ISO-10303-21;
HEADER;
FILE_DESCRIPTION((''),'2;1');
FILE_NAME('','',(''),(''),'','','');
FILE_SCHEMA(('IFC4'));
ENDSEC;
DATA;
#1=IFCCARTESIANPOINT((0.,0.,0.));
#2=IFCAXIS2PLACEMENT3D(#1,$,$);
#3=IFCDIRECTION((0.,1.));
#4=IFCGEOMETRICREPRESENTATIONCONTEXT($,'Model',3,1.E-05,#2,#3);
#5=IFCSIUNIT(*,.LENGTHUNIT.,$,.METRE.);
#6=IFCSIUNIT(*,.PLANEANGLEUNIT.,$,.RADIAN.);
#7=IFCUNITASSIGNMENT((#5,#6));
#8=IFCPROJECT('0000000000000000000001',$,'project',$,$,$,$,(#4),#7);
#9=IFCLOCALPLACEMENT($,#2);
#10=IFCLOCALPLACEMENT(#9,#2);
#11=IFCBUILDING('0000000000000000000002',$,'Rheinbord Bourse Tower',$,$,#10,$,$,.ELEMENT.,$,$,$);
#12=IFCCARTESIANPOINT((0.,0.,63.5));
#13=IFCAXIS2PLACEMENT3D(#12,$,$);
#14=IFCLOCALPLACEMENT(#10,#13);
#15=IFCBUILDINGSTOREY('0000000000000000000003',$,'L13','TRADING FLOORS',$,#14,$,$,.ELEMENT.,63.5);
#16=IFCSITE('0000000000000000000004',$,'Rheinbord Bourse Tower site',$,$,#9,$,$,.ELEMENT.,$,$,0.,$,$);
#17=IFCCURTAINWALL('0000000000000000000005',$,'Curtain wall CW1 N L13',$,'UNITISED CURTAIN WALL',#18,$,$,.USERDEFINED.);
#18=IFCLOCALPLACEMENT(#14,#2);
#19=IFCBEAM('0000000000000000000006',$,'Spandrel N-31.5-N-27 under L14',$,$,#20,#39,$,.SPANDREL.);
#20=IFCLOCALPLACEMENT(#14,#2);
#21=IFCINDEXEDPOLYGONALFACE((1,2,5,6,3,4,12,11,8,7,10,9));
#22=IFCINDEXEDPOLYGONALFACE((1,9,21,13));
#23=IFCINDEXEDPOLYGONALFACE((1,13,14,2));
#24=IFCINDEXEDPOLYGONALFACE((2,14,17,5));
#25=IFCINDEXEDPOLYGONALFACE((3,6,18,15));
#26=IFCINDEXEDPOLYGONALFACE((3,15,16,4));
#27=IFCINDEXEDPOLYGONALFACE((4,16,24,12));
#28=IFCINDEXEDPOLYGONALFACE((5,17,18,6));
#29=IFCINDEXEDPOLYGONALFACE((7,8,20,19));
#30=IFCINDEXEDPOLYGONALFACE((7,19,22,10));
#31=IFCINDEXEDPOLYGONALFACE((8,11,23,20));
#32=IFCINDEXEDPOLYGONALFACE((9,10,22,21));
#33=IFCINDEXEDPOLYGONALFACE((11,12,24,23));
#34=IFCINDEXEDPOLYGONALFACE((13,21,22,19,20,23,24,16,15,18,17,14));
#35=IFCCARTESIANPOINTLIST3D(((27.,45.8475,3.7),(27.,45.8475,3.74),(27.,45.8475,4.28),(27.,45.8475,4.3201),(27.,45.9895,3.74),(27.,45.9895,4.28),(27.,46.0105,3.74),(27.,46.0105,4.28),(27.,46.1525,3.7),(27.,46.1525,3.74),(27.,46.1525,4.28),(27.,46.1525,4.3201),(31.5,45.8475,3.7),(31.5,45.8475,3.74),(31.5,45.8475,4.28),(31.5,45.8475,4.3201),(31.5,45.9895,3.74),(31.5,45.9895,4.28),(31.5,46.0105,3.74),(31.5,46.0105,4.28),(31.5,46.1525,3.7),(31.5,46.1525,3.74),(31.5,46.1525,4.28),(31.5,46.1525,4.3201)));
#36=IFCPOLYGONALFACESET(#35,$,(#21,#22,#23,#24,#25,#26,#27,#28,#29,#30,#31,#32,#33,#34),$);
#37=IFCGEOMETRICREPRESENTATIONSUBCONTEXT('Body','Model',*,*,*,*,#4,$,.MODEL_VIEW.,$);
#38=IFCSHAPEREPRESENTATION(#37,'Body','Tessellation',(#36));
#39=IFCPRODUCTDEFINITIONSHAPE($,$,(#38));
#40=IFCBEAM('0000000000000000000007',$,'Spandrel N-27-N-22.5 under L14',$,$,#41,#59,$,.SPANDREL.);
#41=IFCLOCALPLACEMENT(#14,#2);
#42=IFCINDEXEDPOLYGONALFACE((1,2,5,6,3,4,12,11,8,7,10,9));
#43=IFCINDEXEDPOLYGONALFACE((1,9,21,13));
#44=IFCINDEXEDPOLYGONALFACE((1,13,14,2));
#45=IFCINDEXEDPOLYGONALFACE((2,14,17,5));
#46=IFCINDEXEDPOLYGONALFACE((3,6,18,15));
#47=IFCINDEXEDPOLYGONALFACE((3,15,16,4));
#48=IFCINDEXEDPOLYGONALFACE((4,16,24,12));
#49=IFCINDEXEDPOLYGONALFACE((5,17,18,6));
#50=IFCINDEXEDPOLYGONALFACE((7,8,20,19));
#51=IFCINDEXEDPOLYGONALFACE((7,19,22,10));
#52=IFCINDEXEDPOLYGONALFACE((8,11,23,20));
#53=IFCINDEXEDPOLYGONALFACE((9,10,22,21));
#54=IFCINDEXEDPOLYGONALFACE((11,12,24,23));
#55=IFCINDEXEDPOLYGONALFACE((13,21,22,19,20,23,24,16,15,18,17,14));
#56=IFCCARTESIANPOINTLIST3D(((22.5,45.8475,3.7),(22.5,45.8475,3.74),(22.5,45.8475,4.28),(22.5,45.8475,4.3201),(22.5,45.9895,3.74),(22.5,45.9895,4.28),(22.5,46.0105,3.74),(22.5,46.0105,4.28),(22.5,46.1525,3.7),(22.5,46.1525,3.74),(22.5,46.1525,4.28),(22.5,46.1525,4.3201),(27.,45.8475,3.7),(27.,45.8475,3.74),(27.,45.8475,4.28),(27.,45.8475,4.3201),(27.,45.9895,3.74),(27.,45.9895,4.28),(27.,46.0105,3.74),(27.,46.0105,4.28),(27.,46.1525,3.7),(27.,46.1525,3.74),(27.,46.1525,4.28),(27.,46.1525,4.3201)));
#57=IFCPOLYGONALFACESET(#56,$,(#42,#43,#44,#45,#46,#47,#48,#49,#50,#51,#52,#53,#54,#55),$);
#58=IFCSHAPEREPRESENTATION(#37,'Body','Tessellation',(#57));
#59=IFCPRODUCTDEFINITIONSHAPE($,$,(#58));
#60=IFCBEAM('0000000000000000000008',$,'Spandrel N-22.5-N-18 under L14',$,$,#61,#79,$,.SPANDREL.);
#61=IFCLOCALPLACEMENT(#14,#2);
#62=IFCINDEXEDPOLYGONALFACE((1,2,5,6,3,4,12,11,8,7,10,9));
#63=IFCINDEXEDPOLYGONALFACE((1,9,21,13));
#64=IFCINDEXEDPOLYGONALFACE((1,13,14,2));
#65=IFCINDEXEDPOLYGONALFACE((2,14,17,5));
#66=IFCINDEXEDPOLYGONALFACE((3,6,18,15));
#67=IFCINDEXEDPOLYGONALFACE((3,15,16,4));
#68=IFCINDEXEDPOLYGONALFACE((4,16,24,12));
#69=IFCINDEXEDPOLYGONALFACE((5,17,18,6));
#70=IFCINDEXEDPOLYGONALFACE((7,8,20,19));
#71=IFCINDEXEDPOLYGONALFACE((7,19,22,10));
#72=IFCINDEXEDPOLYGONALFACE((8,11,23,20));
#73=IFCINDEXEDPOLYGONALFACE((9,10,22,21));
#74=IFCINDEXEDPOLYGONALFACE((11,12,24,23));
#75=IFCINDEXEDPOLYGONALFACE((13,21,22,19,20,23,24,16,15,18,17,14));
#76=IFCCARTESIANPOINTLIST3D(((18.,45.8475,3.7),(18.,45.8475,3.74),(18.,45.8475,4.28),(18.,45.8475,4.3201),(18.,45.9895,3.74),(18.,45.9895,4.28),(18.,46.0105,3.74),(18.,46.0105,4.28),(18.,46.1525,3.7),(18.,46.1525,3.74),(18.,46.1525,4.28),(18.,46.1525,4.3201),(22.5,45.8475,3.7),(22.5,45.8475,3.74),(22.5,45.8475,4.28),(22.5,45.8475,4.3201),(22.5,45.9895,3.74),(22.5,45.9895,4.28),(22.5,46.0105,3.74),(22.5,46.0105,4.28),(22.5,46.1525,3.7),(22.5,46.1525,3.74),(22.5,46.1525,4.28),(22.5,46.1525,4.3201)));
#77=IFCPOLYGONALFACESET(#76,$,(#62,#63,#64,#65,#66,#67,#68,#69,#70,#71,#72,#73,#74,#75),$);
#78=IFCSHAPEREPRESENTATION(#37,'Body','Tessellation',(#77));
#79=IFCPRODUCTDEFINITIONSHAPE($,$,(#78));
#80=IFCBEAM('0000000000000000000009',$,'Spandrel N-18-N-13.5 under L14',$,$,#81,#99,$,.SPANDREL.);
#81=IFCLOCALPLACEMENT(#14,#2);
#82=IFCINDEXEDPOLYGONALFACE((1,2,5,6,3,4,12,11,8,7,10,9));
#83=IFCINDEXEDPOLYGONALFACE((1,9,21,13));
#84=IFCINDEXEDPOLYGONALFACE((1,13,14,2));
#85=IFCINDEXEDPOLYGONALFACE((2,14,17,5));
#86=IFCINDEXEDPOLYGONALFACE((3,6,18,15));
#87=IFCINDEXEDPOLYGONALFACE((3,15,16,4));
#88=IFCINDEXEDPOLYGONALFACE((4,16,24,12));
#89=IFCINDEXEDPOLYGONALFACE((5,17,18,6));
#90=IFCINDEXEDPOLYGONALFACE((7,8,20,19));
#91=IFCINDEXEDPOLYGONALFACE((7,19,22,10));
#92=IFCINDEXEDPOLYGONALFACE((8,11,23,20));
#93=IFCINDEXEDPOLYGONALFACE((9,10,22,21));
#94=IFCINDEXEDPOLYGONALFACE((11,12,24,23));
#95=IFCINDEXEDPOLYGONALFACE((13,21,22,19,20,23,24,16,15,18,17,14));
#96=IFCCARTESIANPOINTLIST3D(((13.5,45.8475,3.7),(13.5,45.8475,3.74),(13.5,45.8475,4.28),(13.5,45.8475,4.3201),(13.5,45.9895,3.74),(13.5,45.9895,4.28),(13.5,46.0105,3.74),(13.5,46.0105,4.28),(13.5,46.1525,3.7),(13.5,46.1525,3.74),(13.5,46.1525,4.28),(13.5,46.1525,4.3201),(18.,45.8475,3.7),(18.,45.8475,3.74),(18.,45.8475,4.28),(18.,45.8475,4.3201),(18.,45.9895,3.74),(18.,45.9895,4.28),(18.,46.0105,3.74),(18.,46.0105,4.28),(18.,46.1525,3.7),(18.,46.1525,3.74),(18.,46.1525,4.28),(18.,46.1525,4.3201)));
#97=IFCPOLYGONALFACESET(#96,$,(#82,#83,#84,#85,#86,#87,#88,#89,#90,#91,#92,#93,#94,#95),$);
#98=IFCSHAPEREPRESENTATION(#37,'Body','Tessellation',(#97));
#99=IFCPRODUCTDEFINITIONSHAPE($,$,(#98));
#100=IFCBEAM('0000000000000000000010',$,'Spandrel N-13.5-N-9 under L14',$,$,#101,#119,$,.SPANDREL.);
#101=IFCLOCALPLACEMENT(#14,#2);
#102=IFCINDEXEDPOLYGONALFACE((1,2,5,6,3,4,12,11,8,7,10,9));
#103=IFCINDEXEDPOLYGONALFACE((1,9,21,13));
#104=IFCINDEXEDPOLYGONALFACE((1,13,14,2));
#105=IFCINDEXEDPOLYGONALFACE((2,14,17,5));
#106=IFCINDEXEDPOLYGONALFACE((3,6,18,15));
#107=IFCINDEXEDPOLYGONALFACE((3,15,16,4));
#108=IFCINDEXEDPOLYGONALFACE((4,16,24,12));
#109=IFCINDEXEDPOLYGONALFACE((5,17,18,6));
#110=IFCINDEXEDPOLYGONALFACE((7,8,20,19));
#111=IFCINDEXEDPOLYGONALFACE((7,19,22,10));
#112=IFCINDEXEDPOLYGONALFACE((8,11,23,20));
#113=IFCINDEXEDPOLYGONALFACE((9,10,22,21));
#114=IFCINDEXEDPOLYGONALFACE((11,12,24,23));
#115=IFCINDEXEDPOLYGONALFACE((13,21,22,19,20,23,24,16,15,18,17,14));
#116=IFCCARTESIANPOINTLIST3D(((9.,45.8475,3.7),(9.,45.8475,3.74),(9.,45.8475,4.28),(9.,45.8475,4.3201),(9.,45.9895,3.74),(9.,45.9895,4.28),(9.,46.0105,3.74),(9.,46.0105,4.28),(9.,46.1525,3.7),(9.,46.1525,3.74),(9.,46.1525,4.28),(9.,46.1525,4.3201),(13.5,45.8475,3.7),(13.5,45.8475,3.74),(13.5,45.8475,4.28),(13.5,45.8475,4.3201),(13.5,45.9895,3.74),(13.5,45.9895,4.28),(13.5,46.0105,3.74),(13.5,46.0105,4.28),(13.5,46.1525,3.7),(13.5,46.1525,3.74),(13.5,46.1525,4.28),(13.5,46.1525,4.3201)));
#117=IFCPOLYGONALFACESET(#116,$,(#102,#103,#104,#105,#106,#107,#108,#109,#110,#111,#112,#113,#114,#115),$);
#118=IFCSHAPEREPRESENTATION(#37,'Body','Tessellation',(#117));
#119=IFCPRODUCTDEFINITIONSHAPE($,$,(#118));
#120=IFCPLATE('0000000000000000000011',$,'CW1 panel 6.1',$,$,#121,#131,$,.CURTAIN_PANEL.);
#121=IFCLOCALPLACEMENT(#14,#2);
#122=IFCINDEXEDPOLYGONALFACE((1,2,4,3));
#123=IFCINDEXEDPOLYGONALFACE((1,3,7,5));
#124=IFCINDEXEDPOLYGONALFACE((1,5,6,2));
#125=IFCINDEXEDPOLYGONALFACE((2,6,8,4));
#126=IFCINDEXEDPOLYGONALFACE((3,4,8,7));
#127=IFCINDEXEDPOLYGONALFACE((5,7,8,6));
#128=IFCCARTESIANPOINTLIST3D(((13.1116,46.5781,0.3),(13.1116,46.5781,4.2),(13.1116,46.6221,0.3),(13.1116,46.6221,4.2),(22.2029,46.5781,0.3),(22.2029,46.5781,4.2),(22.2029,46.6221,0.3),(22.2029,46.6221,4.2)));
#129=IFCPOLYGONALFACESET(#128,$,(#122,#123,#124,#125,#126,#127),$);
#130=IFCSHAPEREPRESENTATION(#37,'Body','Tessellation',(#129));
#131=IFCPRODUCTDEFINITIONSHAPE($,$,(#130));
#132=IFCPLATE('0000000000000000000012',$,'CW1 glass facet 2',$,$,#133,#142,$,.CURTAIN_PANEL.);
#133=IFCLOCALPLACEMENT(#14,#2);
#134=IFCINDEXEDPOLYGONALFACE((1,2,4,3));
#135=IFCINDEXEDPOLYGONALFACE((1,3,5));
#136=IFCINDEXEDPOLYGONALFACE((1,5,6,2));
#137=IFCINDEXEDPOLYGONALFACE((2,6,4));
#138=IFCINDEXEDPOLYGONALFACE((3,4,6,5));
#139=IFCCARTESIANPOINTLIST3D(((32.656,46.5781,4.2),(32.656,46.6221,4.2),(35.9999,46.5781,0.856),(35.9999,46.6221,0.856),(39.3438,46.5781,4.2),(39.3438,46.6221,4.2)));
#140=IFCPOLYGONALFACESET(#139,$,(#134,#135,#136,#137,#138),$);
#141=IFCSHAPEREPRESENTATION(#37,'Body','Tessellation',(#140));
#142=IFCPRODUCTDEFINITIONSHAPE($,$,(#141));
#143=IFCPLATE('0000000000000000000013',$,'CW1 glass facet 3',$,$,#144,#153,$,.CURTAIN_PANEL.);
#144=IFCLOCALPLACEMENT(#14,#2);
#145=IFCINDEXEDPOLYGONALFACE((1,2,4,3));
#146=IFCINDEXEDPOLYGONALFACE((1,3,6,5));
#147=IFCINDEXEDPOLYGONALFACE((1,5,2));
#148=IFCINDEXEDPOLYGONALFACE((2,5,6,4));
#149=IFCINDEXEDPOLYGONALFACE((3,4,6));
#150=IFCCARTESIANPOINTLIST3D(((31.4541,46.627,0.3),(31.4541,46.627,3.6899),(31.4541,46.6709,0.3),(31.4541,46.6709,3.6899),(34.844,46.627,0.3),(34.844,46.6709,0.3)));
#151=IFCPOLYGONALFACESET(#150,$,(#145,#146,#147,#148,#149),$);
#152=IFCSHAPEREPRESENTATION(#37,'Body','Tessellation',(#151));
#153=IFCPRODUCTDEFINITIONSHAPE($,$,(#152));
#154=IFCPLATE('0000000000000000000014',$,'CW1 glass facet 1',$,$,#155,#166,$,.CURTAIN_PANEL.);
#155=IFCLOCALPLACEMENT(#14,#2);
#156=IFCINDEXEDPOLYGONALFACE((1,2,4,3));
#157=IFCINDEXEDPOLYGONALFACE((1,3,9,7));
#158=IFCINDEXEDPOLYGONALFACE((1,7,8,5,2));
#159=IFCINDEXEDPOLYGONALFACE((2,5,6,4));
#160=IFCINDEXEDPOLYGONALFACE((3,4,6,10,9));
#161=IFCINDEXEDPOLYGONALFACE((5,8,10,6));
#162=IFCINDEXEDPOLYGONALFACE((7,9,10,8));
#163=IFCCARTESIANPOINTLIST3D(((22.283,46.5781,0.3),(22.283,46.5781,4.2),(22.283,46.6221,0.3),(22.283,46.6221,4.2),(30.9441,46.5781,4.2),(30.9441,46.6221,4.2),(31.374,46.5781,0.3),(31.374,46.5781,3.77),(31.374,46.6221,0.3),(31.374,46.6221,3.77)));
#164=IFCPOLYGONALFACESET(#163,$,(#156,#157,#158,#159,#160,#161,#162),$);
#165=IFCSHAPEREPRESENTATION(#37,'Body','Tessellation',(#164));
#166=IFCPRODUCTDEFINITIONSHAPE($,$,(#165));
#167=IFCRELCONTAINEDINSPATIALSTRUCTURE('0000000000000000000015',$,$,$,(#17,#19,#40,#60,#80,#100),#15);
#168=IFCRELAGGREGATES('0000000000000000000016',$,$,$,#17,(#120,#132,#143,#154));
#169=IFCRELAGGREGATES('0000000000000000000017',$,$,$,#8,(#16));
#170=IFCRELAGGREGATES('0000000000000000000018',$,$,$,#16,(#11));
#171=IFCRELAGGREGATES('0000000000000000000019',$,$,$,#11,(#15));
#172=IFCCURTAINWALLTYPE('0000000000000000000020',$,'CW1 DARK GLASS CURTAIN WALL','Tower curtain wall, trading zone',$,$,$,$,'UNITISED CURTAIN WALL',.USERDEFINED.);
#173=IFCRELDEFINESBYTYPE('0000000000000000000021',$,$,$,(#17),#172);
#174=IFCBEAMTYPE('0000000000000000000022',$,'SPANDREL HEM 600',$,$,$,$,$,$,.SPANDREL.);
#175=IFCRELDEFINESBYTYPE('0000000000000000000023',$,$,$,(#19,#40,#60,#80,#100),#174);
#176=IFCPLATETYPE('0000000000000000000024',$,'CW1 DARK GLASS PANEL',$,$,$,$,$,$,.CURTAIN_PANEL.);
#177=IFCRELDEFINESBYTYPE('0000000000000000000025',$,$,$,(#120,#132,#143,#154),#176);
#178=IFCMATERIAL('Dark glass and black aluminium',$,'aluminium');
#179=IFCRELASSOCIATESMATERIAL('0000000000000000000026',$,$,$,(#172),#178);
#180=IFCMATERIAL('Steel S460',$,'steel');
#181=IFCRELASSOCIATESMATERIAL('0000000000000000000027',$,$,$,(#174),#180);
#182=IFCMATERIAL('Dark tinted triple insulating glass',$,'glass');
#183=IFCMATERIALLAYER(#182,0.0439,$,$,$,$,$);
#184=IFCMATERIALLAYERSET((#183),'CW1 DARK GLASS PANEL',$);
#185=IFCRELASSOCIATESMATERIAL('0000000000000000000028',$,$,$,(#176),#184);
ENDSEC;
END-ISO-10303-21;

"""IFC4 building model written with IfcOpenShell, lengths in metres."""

from ifc_helpers import new_model, si_unit, direction, frame, origin, origin_2d, place, context, subcontext, project, spatial, polyline, rectangle, i_section, outline, extrude, material, layer, layer_set, material_profile, profile_set, type_object, element, aggregate, save


model = new_model("IFC4")

# Units and contexts
model_context = context("Model", 3, precision=1e-05, world=origin(), true_north=direction((0.0, 1.0)))
body_context = subcontext(model_context, "Body", "Model", "MODEL_VIEW")
ifc_project = project(units=[si_unit("LENGTHUNIT", "METRE"), si_unit("PLANEANGLEUNIT", "RADIAN")], contexts=[model_context])

# Site, building, storey
site_placement = place(None, origin())
site = spatial("IfcSite", under=ifc_project, at=site_placement, Name="Rheinbord Bourse Tower site", CompositionType="ELEMENT", RefElevation=0.0)
building_placement = place(site_placement, origin())
building = spatial("IfcBuilding", under=site, at=building_placement, Name="Rheinbord Bourse Tower", CompositionType="ELEMENT")
storey_placement = place(building_placement, frame((0.0, 0.0, 63.5)))
storey = spatial("IfcBuildingStorey", under=building, at=storey_placement, Name="L13", Description="TRADING FLOORS", CompositionType="ELEMENT", Elevation=63.5)

# Curtain wall
ifc_material_1 = material(Name="Dark glass and black aluminium", Category="aluminium")
curtain_wall_type = type_object("IfcCurtainWallType", Name="CW1 DARK GLASS CURTAIN WALL", Description="Tower curtain wall, trading zone", ElementType="UNITISED CURTAIN WALL", PredefinedType="USERDEFINED", material=ifc_material_1)
curtain_wall_placement = place(storey_placement, origin())
curtain_wall = element("IfcCurtainWall", 1, at=curtain_wall_placement, inside=storey, type_object=curtain_wall_type, Name="Curtain wall CW1 N L13", ObjectType="UNITISED CURTAIN WALL", PredefinedType="USERDEFINED")

# Beams
ifc_material_2 = material(Name="Steel S460", Category="steel")
ifc_material_profile_1 = material_profile(ifc_material_2, i_section(OverallWidth=0.3049, OverallDepth=0.6201, WebThickness=0.021, FlangeThickness=0.04, at=origin_2d()), Name="HEM 600")
ifc_profile_set_1 = profile_set([ifc_material_profile_1], Name="Steel S460")
beam_type_1 = type_object("IfcBeamType", Name="SPANDREL HEM 600", PredefinedType="SPANDREL", material=ifc_profile_set_1)
for number, where, z_axis, x_axis, name in (
    (2, (31.5, 46.0, 4.01), (-1.0, 0.0, 0.0), (0.0, -1.0, 0.0), "Spandrel N-31.5-N-27 under L14"),
    (3, (27.0, 46.0, 4.01), (-1.0, 0.0, 0.0), (0.0, -1.0, 0.0), "Spandrel N-27-N-22.5 under L14"),
    (4, (22.5, 46.0, 4.01), (-1.0, 0.0, 0.0), (0.0, -1.0, 0.0), "Spandrel N-22.5-N-18 under L14"),
    (5, (18.0, 46.0, 4.01), (-1.0, 0.0, 0.0), (0.0, -1.0, 0.0), "Spandrel N-18-N-13.5 under L14"),
    (6, (13.5, 46.0, 4.01), (-1.0, 0.0, 0.0), (0.0, -1.0, 0.0), "Spandrel N-13.5-N-9 under L14"),
):
    element("IfcBeam", number, at=place(storey_placement, frame(where, z_axis=z_axis, x_axis=x_axis)), inside=storey, type_object=beam_type_1, Name=name, PredefinedType="SPANDREL", context=body_context, shape_type="SweptSolid", body=[
        extrude(i_section(OverallWidth=0.3049, OverallDepth=0.6201, WebThickness=0.021, FlangeThickness=0.04, at=origin_2d()), origin(), (0.0, 0.0, 1.0), 4.5),
    ])

# Plates
ifc_material_3 = material(Name="Dark tinted triple insulating glass", Category="glass")
ifc_layer = layer(ifc_material_3, 0.0439)
ifc_layer_set = layer_set([ifc_layer], Name="CW1 DARK GLASS PANEL")
plate_type = type_object("IfcPlateType", Name="CW1 DARK GLASS PANEL", PredefinedType="CURTAIN_PANEL", material=ifc_layer_set)
plate_1_placement = place(storey_placement, frame((17.6572, 46.6001, 0.3), z_axis=(0.0, 0.0, 1.0), x_axis=(-1.0, 0.0, 0.0)))
plate_1 = element("IfcPlate", 7, at=plate_1_placement, type_object=plate_type, Name="CW1 panel 6.1", PredefinedType="CURTAIN_PANEL", context=body_context, shape_type="SweptSolid", body=[
    extrude(rectangle(XDim=9.0913, YDim=0.0439, at=origin_2d()), origin(), (0.0, 0.0, 1.0), 3.8999),
])
plate_2_placement = place(storey_placement, frame((32.656, 46.6221, 4.2), z_axis=(0.0, -1.0, 0.0), x_axis=(0.707107, 0.0, -0.707107)))
plate_2 = element("IfcPlate", 8, at=plate_2_placement, type_object=plate_type, Name="CW1 glass facet 2", PredefinedType="CURTAIN_PANEL", context=body_context, shape_type="SweptSolid", body=[
    extrude(outline(polyline([(0.0, 0.0), (4.729, 0.0), (4.729, 4.729), (0.0, 0.0)])), origin(), (0.0, 0.0, 1.0), 0.0439),
])
plate_3_placement = place(storey_placement, frame((31.4541, 46.6709, 0.3), z_axis=(0.0, -1.0, 0.0), x_axis=(1.0, 0.0, 0.0)))
plate_3 = element("IfcPlate", 9, at=plate_3_placement, type_object=plate_type, Name="CW1 glass facet 3", PredefinedType="CURTAIN_PANEL", context=body_context, shape_type="SweptSolid", body=[
    extrude(outline(polyline([(0.0, 0.0), (3.3899, 0.0), (0.0, 3.3899), (0.0, 0.0)])), origin(), (0.0, 0.0, 1.0), 0.0439),
])
plate_4_placement = place(storey_placement, frame((22.283, 46.6221, 4.2), z_axis=(0.0, -1.0, 0.0), x_axis=(0.0, 0.0, -1.0)))
plate_4 = element("IfcPlate", 10, at=plate_4_placement, type_object=plate_type, Name="CW1 glass facet 1", PredefinedType="CURTAIN_PANEL", context=body_context, shape_type="SweptSolid", body=[
    extrude(outline(polyline([(0.0, 0.0), (3.8999, 0.0), (3.8999, 9.0911), (0.4299, 9.0911), (0.0, 8.6611), (0.0, 0.0)])), origin(), (0.0, 0.0, 1.0), 0.0439),
])
aggregate(curtain_wall, [plate_1, plate_2, plate_3, plate_4])

save(model, "model.ifc")
